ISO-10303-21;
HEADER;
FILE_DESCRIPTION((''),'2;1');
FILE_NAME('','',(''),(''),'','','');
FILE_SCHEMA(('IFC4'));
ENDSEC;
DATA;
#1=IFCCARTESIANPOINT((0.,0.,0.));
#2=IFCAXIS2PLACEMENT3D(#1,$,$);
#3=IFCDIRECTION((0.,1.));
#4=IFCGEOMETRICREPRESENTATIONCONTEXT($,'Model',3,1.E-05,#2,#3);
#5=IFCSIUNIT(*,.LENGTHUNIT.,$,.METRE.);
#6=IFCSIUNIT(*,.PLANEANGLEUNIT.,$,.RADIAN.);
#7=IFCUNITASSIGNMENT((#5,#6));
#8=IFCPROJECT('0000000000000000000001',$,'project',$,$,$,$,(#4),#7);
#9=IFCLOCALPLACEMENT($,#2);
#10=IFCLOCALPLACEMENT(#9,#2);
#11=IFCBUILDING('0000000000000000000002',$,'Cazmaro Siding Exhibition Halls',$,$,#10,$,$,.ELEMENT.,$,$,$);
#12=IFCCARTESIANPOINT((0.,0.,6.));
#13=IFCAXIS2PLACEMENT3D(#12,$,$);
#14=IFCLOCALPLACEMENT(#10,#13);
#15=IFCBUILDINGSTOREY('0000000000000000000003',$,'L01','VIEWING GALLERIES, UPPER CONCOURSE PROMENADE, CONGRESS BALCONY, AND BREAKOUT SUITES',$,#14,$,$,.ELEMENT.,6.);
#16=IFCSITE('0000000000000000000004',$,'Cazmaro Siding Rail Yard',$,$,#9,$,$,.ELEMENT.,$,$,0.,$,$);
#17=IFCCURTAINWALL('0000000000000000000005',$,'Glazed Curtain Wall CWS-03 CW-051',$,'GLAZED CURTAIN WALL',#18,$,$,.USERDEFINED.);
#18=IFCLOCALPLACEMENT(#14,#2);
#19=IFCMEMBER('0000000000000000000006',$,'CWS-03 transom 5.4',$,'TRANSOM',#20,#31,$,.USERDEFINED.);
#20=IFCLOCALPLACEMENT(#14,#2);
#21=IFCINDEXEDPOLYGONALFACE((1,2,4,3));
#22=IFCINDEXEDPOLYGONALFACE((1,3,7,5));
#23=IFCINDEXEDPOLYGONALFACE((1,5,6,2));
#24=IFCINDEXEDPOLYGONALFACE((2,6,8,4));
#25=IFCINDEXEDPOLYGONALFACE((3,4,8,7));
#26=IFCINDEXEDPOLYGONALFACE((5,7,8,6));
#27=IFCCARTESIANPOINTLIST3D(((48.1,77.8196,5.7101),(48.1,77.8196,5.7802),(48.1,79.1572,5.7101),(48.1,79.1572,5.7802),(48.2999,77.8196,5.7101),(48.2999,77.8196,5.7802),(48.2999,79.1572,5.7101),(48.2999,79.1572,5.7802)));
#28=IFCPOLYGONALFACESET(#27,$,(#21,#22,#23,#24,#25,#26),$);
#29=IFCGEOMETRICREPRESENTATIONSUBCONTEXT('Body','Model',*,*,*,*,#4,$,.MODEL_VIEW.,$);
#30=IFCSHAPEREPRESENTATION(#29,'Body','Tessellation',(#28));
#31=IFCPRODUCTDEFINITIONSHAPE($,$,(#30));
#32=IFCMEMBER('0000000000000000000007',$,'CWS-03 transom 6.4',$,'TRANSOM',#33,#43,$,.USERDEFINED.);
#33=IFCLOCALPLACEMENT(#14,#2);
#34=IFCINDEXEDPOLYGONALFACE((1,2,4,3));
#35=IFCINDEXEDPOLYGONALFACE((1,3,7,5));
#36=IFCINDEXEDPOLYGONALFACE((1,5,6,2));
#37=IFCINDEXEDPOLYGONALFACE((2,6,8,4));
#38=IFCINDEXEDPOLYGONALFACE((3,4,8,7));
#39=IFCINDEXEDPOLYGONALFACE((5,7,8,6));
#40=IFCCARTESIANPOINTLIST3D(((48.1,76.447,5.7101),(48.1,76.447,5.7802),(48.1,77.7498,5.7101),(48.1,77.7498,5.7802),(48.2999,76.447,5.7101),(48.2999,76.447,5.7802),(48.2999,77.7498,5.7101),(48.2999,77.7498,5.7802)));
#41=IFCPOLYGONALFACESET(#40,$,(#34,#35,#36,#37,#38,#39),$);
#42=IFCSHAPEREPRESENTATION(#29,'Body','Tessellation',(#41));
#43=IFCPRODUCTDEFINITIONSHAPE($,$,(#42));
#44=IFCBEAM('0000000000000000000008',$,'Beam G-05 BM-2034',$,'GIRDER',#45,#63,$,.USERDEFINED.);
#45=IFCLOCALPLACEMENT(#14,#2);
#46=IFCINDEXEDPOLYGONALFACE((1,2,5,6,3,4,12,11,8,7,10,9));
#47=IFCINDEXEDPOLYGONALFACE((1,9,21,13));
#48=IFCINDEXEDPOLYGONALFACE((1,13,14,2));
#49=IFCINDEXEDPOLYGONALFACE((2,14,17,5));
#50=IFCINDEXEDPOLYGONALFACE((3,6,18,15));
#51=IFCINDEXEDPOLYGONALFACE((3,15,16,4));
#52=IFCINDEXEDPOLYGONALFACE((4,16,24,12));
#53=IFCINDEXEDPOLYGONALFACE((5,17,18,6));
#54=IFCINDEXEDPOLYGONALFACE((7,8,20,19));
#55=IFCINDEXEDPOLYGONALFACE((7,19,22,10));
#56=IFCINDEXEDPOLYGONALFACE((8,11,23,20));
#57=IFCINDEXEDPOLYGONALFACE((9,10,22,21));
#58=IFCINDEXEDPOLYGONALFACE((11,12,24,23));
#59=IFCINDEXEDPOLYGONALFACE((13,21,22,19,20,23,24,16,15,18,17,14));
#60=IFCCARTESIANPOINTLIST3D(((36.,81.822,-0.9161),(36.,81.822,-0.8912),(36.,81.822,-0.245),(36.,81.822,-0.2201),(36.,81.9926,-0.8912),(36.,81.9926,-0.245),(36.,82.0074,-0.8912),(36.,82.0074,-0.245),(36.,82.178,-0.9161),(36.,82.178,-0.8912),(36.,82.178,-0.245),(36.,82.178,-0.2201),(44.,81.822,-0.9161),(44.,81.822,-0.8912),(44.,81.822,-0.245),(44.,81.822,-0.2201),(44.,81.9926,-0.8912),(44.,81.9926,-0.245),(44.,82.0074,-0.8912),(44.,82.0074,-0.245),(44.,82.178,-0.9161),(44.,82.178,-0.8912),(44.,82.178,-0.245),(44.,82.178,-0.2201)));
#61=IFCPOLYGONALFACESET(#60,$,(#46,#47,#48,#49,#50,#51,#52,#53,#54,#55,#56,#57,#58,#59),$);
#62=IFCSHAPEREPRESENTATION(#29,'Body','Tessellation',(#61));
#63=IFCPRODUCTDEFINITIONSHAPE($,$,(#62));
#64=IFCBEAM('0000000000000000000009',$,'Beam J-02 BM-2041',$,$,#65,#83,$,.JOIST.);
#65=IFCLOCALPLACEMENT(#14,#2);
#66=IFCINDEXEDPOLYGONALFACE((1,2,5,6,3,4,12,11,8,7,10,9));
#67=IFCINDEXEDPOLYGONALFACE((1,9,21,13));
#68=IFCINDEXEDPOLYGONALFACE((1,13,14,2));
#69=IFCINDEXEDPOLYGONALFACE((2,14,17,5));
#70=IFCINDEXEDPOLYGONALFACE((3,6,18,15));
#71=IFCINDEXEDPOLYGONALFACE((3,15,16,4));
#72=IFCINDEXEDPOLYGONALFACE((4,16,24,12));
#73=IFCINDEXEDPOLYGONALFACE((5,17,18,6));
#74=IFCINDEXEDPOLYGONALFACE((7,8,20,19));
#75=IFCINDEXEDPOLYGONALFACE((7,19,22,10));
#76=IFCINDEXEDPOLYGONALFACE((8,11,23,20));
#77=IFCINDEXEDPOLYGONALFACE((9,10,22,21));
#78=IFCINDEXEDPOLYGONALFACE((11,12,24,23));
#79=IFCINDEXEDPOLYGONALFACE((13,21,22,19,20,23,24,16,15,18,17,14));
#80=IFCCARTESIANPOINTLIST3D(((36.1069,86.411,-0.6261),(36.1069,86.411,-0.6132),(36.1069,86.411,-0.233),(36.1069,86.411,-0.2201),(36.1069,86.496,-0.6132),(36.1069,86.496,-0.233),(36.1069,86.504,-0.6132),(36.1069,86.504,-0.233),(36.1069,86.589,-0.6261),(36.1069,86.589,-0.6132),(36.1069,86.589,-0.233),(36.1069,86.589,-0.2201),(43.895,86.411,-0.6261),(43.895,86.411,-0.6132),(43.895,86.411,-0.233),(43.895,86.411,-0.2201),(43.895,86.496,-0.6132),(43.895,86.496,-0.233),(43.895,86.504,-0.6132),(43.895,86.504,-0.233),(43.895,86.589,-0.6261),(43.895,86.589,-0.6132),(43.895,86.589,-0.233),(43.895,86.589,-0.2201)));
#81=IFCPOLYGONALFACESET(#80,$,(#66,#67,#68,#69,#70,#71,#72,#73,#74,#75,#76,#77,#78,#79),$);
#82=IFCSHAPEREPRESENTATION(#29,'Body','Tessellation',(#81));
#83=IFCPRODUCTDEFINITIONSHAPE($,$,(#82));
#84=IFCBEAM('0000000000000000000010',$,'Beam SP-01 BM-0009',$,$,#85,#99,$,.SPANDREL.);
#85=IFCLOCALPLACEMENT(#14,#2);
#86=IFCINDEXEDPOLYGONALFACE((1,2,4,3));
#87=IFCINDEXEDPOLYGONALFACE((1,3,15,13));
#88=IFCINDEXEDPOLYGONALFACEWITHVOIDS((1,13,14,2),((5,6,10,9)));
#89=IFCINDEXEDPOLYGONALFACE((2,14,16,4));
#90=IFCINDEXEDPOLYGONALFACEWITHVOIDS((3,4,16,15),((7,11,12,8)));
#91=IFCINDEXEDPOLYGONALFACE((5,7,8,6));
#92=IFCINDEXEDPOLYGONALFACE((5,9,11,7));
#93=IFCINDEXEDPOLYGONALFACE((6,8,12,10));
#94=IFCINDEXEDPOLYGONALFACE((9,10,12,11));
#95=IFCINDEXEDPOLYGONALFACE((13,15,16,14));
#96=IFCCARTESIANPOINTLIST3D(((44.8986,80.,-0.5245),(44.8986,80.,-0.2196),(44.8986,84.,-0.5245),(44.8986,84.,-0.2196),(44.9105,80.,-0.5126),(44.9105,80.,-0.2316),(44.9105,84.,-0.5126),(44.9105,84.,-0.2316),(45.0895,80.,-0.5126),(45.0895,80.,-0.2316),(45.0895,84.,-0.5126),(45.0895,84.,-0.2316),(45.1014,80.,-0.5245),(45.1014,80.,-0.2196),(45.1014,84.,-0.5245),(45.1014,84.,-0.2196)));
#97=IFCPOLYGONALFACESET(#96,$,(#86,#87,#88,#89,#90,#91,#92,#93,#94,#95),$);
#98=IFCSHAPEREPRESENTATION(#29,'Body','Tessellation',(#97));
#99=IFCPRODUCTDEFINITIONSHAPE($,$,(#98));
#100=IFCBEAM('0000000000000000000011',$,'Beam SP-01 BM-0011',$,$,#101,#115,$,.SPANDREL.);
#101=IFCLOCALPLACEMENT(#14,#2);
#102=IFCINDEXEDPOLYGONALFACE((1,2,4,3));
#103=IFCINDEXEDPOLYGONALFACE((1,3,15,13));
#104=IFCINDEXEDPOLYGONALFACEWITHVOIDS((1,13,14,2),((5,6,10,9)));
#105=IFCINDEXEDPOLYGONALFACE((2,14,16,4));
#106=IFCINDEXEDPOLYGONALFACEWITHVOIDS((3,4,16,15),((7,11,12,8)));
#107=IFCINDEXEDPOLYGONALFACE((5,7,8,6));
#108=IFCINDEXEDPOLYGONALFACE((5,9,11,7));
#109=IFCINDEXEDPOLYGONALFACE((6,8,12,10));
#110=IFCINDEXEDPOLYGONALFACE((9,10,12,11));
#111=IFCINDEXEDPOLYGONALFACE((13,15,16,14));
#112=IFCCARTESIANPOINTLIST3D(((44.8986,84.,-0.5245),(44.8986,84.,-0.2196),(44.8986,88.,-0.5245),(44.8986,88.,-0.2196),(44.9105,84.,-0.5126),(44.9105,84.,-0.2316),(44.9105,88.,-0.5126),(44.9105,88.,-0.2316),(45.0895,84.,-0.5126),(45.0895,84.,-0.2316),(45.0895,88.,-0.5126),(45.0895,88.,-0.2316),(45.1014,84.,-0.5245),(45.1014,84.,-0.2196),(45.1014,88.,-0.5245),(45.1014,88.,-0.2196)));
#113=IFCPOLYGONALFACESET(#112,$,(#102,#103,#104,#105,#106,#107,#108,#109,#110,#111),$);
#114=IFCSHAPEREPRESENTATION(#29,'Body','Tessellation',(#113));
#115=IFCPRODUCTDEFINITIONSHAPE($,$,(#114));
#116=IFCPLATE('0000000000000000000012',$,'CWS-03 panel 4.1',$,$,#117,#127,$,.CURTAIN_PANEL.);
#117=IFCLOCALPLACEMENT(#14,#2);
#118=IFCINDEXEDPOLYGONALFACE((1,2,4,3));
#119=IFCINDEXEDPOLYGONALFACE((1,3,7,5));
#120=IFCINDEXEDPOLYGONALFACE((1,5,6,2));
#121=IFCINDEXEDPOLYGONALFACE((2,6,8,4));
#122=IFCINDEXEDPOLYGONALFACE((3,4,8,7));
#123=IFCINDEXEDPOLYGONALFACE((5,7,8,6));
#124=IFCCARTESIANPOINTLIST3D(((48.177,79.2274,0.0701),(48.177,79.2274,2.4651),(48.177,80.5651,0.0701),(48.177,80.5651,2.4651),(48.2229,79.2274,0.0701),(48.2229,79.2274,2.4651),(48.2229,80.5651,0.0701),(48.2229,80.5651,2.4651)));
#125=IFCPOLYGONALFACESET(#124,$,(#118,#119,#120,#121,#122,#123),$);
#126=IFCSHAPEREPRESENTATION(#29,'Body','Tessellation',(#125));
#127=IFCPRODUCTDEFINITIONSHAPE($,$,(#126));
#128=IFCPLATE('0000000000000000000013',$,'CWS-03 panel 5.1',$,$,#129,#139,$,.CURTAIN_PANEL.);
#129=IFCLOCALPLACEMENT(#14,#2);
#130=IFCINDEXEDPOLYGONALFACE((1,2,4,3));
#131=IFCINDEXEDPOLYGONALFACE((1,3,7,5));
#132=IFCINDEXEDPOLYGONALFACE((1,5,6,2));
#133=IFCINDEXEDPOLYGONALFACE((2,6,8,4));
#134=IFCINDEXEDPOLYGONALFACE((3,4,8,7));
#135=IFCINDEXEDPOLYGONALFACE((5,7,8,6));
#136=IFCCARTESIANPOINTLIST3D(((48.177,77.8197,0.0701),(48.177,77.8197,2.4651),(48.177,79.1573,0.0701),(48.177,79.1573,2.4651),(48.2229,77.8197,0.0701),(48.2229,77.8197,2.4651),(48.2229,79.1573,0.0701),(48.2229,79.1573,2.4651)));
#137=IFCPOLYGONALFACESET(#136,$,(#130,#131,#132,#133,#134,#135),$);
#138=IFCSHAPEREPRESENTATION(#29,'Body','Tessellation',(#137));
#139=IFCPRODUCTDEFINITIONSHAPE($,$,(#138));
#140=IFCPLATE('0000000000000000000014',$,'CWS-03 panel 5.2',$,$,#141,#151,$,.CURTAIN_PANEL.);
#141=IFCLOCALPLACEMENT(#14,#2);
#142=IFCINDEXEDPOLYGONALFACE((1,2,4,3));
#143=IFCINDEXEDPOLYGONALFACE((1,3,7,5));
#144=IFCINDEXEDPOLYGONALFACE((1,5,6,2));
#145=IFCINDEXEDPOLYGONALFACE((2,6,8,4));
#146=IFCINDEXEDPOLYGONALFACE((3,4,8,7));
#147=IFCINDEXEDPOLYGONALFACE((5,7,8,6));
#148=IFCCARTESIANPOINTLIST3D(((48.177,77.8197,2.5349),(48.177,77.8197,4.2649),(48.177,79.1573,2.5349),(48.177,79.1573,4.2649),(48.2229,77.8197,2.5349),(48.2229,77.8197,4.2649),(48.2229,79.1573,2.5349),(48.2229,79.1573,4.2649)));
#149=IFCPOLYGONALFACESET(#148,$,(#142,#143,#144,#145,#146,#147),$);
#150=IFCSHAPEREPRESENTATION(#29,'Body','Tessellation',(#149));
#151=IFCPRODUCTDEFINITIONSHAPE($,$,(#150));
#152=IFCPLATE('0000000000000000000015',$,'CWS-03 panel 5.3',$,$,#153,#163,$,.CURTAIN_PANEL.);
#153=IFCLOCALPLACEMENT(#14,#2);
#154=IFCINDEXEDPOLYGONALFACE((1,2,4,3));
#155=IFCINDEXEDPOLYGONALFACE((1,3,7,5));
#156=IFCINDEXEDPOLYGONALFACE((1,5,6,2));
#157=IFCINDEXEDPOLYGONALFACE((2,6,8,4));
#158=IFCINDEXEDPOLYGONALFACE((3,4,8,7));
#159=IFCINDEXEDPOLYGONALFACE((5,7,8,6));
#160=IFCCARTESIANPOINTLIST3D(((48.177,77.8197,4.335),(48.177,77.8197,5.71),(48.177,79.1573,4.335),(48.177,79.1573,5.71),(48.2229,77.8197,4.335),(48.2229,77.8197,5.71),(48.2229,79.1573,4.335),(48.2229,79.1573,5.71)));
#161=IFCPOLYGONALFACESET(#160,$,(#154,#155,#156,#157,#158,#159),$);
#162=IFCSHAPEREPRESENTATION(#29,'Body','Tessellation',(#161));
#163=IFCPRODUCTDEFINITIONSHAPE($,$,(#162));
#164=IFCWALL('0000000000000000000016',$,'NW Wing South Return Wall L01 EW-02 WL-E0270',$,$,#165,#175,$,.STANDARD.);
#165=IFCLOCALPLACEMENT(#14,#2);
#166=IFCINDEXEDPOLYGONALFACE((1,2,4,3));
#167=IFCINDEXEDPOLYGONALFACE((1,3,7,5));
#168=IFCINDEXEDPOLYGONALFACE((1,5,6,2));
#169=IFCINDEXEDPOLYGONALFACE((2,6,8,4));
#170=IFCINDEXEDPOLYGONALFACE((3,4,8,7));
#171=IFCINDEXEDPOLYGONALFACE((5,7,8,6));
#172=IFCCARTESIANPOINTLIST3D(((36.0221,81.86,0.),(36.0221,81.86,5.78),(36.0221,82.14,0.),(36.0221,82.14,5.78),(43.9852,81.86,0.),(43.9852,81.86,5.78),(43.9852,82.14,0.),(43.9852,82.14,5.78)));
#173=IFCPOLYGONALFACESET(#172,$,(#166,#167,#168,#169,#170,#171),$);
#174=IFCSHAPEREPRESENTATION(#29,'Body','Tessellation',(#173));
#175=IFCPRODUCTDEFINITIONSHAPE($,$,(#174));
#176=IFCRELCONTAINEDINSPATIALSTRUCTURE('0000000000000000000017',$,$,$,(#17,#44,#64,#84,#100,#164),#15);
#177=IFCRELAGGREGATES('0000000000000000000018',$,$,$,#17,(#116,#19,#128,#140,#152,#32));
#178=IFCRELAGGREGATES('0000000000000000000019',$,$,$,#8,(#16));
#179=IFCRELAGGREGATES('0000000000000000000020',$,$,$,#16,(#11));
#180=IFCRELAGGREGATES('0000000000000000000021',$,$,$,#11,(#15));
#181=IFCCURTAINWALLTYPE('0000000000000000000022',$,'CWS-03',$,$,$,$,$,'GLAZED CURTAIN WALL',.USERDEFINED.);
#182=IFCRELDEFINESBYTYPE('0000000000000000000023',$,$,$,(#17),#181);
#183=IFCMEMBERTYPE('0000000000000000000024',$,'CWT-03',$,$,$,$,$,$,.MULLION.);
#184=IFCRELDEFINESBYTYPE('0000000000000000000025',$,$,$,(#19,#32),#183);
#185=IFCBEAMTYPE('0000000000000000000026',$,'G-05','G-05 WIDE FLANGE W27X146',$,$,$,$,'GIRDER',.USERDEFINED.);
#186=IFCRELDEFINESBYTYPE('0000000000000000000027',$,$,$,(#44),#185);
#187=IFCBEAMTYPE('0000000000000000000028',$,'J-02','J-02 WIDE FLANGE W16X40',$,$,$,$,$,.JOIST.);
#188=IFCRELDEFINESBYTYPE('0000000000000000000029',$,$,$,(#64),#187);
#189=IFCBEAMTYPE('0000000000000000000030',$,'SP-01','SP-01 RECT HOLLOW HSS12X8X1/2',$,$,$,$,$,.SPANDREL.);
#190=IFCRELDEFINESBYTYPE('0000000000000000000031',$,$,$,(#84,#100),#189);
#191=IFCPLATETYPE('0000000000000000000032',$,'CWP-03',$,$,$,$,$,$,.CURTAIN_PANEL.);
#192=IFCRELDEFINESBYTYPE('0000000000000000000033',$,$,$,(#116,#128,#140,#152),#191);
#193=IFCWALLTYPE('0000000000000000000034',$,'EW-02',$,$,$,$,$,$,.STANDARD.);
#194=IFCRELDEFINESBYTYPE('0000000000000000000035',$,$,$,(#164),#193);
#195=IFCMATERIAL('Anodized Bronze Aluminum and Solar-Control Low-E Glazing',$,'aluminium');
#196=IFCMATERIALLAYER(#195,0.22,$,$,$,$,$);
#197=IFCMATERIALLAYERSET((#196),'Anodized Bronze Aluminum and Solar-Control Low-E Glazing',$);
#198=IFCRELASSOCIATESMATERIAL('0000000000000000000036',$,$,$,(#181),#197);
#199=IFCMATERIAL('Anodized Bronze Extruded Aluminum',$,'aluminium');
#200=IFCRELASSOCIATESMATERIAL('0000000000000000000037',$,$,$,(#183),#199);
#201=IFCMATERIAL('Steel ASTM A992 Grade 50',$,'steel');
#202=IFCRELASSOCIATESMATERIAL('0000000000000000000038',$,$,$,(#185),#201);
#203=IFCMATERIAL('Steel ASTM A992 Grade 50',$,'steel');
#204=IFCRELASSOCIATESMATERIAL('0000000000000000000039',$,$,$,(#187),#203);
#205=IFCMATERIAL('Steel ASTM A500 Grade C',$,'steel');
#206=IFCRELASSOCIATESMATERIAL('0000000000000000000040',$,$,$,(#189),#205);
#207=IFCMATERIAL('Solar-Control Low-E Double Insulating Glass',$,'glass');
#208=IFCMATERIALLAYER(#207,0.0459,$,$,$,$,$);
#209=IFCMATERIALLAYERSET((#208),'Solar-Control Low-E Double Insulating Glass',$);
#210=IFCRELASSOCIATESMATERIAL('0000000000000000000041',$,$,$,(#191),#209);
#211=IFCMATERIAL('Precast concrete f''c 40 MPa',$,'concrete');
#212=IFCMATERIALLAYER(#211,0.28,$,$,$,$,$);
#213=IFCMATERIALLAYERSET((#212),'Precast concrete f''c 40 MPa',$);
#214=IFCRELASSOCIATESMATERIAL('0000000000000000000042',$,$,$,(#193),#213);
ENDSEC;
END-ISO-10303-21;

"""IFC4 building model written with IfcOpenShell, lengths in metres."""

from ifc_helpers import new_model, si_unit, direction, frame, frame_2d, origin, origin_2d, place, context, subcontext, project, spatial, rectangle, hollow_rectangle, i_section, extrude, material, layer, layer_set, material_profile, profile_set, type_object, element, aggregate, save


model = new_model("IFC4")

# Units and contexts
model_context = context("Model", 3, precision=1e-05, world=origin(), true_north=direction((0.0, 1.0)))
body_context = subcontext(model_context, "Body", "Model", "MODEL_VIEW")
ifc_project = project(units=[si_unit("LENGTHUNIT", "METRE"), si_unit("PLANEANGLEUNIT", "RADIAN")], contexts=[model_context])

# Site, building, storey
site_placement = place(None, origin())
site = spatial("IfcSite", under=ifc_project, at=site_placement, Name="Cazmaro Siding Rail Yard", CompositionType="ELEMENT", RefElevation=0.0)
building_placement = place(site_placement, origin())
building = spatial("IfcBuilding", under=site, at=building_placement, Name="Cazmaro Siding Exhibition Halls", CompositionType="ELEMENT")
storey_placement = place(building_placement, frame((0.0, 0.0, 6.0)))
storey = spatial("IfcBuildingStorey", under=building, at=storey_placement, Name="L01", Description="VIEWING GALLERIES, UPPER CONCOURSE PROMENADE, CONGRESS BALCONY, AND BREAKOUT SUITES", CompositionType="ELEMENT", Elevation=6.0)

# Curtain wall, members
ifc_material_1 = material(Name="Anodized Bronze Aluminum and Solar-Control Low-E Glazing", Category="aluminium")
ifc_layer_1 = layer(ifc_material_1, 0.22)
ifc_layer_set_1 = layer_set([ifc_layer_1], Name="Anodized Bronze Aluminum and Solar-Control Low-E Glazing")
curtain_wall_type = type_object("IfcCurtainWallType", Name="CWS-03", ElementType="GLAZED CURTAIN WALL", PredefinedType="USERDEFINED", material=ifc_layer_set_1)
curtain_wall_placement = place(storey_placement, origin())
curtain_wall = element("IfcCurtainWall", 1, at=curtain_wall_placement, inside=storey, type_object=curtain_wall_type, Name="Glazed Curtain Wall CWS-03 CW-051", ObjectType="GLAZED CURTAIN WALL", PredefinedType="USERDEFINED")
ifc_material_2 = material(Name="Anodized Bronze Extruded Aluminum", Category="aluminium")
ifc_material_profile_1 = material_profile(ifc_material_2, rectangle(XDim=0.2, YDim=0.0701, at=origin_2d()), Name="CWT-03")
ifc_profile_set_1 = profile_set([ifc_material_profile_1], Name="Anodized Bronze Extruded Aluminum")
member_type_1 = type_object("IfcMemberType", Name="CWT-03", PredefinedType="MULLION", material=ifc_profile_set_1)
member_1_placement = place(storey_placement, frame((48.2, 79.1572, 5.7451), z_axis=(0.0, -1.0, 0.0), x_axis=(1.0, 0.0, 0.0)))
member_1 = element("IfcMember", 2, at=member_1_placement, type_object=member_type_1, Name="CWS-03 transom 5.4", ObjectType="TRANSOM", PredefinedType="USERDEFINED", context=body_context, shape_type="SweptSolid", body=[
    extrude(rectangle(XDim=0.2, YDim=0.0701, at=origin_2d()), origin(), (0.0, 0.0, 1.0), 1.3376),
])
member_2_placement = place(storey_placement, frame((48.2, 77.7498, 5.7451), z_axis=(0.0, -1.0, 0.0), x_axis=(1.0, 0.0, 0.0)))
member_2 = element("IfcMember", 3, at=member_2_placement, type_object=member_type_1, Name="CWS-03 transom 6.4", ObjectType="TRANSOM", PredefinedType="USERDEFINED", context=body_context, shape_type="SweptSolid", body=[
    extrude(rectangle(XDim=0.2, YDim=0.0701, at=origin_2d()), origin(), (0.0, 0.0, 1.0), 1.3027),
])

# Beams
ifc_material_3 = material(Name="Steel ASTM A992 Grade 50", Category="steel")
ifc_material_profile_2 = material_profile(ifc_material_3, i_section(OverallWidth=0.356, OverallDepth=0.696, WebThickness=0.0149, FlangeThickness=0.0249, at=origin_2d()), Name="W27X146")
ifc_profile_set_2 = profile_set([ifc_material_profile_2], Name="Steel ASTM A992 Grade 50")
beam_type_1 = type_object("IfcBeamType", Name="G-05", Description="G-05 WIDE FLANGE W27X146", ElementType="GIRDER", PredefinedType="USERDEFINED", material=ifc_profile_set_2)
beam_1_placement = place(storey_placement, frame((36.0, 82.0, -0.5681), z_axis=(1.0, 0.0, 0.0), x_axis=(0.0, 1.0, 0.0)))
element("IfcBeam", 4, at=beam_1_placement, inside=storey, type_object=beam_type_1, Name="Beam G-05 BM-2034", ObjectType="GIRDER", PredefinedType="USERDEFINED", context=body_context, shape_type="SweptSolid", body=[
    extrude(i_section(OverallWidth=0.356, OverallDepth=0.696, WebThickness=0.0149, FlangeThickness=0.0249, at=origin_2d()), origin(), (0.0, 0.0, 1.0), 8.0),
])
ifc_material_4 = material(Name="Steel ASTM A992 Grade 50", Category="steel")
ifc_material_profile_3 = material_profile(ifc_material_4, i_section(OverallWidth=0.178, OverallDepth=0.406, WebThickness=0.0081, FlangeThickness=0.0129, at=origin_2d()), Name="W16X40")
ifc_profile_set_3 = profile_set([ifc_material_profile_3], Name="Steel ASTM A992 Grade 50")
beam_type_2 = type_object("IfcBeamType", Name="J-02", Description="J-02 WIDE FLANGE W16X40", PredefinedType="JOIST", material=ifc_profile_set_3)
beam_2_placement = place(storey_placement, frame((36.1069, 86.5, -0.4231), z_axis=(1.0, 0.0, 0.0), x_axis=(0.0, 1.0, 0.0)))
element("IfcBeam", 5, at=beam_2_placement, inside=storey, type_object=beam_type_2, Name="Beam J-02 BM-2041", PredefinedType="JOIST", context=body_context, shape_type="SweptSolid", body=[
    extrude(i_section(OverallWidth=0.178, OverallDepth=0.406, WebThickness=0.0081, FlangeThickness=0.0129, at=origin_2d()), origin(), (0.0, 0.0, 1.0), 7.7881),
])
ifc_material_5 = material(Name="Steel ASTM A500 Grade C", Category="steel")
ifc_material_profile_4 = material_profile(ifc_material_5, hollow_rectangle(XDim=0.2029, YDim=0.3049, WallThickness=0.012, at=origin_2d()), Name="HSS12X8X1/2")
ifc_profile_set_4 = profile_set([ifc_material_profile_4], Name="Steel ASTM A500 Grade C")
beam_type_3 = type_object("IfcBeamType", Name="SP-01", Description="SP-01 RECT HOLLOW HSS12X8X1/2", PredefinedType="SPANDREL", material=ifc_profile_set_4)
for number, where, z_axis, x_axis, name in (
    (6, (45.0, 80.0, -0.3721), (0.0, 1.0, 0.0), (-1.0, 0.0, 0.0), "Beam SP-01 BM-0009"),
    (7, (45.0, 84.0, -0.3721), (0.0, 1.0, 0.0), (-1.0, 0.0, 0.0), "Beam SP-01 BM-0011"),
):
    element("IfcBeam", number, at=place(storey_placement, frame(where, z_axis=z_axis, x_axis=x_axis)), inside=storey, type_object=beam_type_3, Name=name, PredefinedType="SPANDREL", context=body_context, shape_type="SweptSolid", body=[
        extrude(hollow_rectangle(XDim=0.2029, YDim=0.3049, WallThickness=0.012, at=origin_2d()), origin(), (0.0, 0.0, 1.0), 4.0),
    ])

# Plates
ifc_material_6 = material(Name="Solar-Control Low-E Double Insulating Glass", Category="glass")
ifc_layer_2 = layer(ifc_material_6, 0.0459)
ifc_layer_set_2 = layer_set([ifc_layer_2], Name="Solar-Control Low-E Double Insulating Glass")
plate_type = type_object("IfcPlateType", Name="CWP-03", PredefinedType="CURTAIN_PANEL", material=ifc_layer_set_2)
plate_1_placement = place(storey_placement, frame((48.2, 79.8962, 0.0701), z_axis=(0.0, 0.0, 1.0), x_axis=(0.0, -1.0, 0.0)))
plate_1 = element("IfcPlate", 8, at=plate_1_placement, type_object=plate_type, Name="CWS-03 panel 4.1", PredefinedType="CURTAIN_PANEL", context=body_context, shape_type="SweptSolid", body=[
    extrude(rectangle(XDim=1.3376, YDim=0.0459, at=origin_2d()), origin(), (0.0, 0.0, 1.0), 2.395),
])
plate_2_placement = place(storey_placement, frame((48.2, 78.4885, 0.0701), z_axis=(0.0, 0.0, 1.0), x_axis=(0.0, -1.0, 0.0)))
plate_2 = element("IfcPlate", 9, at=plate_2_placement, type_object=plate_type, Name="CWS-03 panel 5.1", PredefinedType="CURTAIN_PANEL", context=body_context, shape_type="SweptSolid", body=[
    extrude(rectangle(XDim=1.3376, YDim=0.0459, at=origin_2d()), origin(), (0.0, 0.0, 1.0), 2.395),
])
plate_3_placement = place(storey_placement, frame((48.2, 78.4885, 2.5349), z_axis=(0.0, 0.0, 1.0), x_axis=(0.0, -1.0, 0.0)))
plate_3 = element("IfcPlate", 10, at=plate_3_placement, type_object=plate_type, Name="CWS-03 panel 5.2", PredefinedType="CURTAIN_PANEL", context=body_context, shape_type="SweptSolid", body=[
    extrude(rectangle(XDim=1.3376, YDim=0.0459, at=origin_2d()), origin(), (0.0, 0.0, 1.0), 1.73),
])
plate_4_placement = place(storey_placement, frame((48.2, 78.4885, 4.335), z_axis=(0.0, 0.0, 1.0), x_axis=(0.0, -1.0, 0.0)))
plate_4 = element("IfcPlate", 11, at=plate_4_placement, type_object=plate_type, Name="CWS-03 panel 5.3", PredefinedType="CURTAIN_PANEL", context=body_context, shape_type="SweptSolid", body=[
    extrude(rectangle(XDim=1.3376, YDim=0.0459, at=origin_2d()), origin(), (0.0, 0.0, 1.0), 1.375),
])
aggregate(curtain_wall, [plate_1, member_1, plate_2, plate_3, plate_4, member_2])

# Wall
ifc_material_7 = material(Name="Precast concrete f'c 40 MPa", Category="concrete")
ifc_layer_3 = layer(ifc_material_7, 0.28)
ifc_layer_set_3 = layer_set([ifc_layer_3], Name="Precast concrete f'c 40 MPa")
wall_type_1 = type_object("IfcWallType", Name="EW-02", PredefinedType="STANDARD", material=ifc_layer_set_3)
wall_1_placement = place(storey_placement, frame((43.9851, 82.0, 0.0), z_axis=(0.0, 0.0, 1.0), x_axis=(-1.0, 0.0, 0.0)))
element("IfcWall", 12, at=wall_1_placement, inside=storey, type_object=wall_type_1, Name="NW Wing South Return Wall L01 EW-02 WL-E0270", PredefinedType="STANDARD", context=body_context, shape_type="SweptSolid", body=[
    extrude(rectangle(XDim=7.9631, YDim=0.28, at=frame_2d((3.9814, 0.0))), origin(), (0.0, 0.0, 1.0), 5.78),
])

save(model, "model.ifc")
